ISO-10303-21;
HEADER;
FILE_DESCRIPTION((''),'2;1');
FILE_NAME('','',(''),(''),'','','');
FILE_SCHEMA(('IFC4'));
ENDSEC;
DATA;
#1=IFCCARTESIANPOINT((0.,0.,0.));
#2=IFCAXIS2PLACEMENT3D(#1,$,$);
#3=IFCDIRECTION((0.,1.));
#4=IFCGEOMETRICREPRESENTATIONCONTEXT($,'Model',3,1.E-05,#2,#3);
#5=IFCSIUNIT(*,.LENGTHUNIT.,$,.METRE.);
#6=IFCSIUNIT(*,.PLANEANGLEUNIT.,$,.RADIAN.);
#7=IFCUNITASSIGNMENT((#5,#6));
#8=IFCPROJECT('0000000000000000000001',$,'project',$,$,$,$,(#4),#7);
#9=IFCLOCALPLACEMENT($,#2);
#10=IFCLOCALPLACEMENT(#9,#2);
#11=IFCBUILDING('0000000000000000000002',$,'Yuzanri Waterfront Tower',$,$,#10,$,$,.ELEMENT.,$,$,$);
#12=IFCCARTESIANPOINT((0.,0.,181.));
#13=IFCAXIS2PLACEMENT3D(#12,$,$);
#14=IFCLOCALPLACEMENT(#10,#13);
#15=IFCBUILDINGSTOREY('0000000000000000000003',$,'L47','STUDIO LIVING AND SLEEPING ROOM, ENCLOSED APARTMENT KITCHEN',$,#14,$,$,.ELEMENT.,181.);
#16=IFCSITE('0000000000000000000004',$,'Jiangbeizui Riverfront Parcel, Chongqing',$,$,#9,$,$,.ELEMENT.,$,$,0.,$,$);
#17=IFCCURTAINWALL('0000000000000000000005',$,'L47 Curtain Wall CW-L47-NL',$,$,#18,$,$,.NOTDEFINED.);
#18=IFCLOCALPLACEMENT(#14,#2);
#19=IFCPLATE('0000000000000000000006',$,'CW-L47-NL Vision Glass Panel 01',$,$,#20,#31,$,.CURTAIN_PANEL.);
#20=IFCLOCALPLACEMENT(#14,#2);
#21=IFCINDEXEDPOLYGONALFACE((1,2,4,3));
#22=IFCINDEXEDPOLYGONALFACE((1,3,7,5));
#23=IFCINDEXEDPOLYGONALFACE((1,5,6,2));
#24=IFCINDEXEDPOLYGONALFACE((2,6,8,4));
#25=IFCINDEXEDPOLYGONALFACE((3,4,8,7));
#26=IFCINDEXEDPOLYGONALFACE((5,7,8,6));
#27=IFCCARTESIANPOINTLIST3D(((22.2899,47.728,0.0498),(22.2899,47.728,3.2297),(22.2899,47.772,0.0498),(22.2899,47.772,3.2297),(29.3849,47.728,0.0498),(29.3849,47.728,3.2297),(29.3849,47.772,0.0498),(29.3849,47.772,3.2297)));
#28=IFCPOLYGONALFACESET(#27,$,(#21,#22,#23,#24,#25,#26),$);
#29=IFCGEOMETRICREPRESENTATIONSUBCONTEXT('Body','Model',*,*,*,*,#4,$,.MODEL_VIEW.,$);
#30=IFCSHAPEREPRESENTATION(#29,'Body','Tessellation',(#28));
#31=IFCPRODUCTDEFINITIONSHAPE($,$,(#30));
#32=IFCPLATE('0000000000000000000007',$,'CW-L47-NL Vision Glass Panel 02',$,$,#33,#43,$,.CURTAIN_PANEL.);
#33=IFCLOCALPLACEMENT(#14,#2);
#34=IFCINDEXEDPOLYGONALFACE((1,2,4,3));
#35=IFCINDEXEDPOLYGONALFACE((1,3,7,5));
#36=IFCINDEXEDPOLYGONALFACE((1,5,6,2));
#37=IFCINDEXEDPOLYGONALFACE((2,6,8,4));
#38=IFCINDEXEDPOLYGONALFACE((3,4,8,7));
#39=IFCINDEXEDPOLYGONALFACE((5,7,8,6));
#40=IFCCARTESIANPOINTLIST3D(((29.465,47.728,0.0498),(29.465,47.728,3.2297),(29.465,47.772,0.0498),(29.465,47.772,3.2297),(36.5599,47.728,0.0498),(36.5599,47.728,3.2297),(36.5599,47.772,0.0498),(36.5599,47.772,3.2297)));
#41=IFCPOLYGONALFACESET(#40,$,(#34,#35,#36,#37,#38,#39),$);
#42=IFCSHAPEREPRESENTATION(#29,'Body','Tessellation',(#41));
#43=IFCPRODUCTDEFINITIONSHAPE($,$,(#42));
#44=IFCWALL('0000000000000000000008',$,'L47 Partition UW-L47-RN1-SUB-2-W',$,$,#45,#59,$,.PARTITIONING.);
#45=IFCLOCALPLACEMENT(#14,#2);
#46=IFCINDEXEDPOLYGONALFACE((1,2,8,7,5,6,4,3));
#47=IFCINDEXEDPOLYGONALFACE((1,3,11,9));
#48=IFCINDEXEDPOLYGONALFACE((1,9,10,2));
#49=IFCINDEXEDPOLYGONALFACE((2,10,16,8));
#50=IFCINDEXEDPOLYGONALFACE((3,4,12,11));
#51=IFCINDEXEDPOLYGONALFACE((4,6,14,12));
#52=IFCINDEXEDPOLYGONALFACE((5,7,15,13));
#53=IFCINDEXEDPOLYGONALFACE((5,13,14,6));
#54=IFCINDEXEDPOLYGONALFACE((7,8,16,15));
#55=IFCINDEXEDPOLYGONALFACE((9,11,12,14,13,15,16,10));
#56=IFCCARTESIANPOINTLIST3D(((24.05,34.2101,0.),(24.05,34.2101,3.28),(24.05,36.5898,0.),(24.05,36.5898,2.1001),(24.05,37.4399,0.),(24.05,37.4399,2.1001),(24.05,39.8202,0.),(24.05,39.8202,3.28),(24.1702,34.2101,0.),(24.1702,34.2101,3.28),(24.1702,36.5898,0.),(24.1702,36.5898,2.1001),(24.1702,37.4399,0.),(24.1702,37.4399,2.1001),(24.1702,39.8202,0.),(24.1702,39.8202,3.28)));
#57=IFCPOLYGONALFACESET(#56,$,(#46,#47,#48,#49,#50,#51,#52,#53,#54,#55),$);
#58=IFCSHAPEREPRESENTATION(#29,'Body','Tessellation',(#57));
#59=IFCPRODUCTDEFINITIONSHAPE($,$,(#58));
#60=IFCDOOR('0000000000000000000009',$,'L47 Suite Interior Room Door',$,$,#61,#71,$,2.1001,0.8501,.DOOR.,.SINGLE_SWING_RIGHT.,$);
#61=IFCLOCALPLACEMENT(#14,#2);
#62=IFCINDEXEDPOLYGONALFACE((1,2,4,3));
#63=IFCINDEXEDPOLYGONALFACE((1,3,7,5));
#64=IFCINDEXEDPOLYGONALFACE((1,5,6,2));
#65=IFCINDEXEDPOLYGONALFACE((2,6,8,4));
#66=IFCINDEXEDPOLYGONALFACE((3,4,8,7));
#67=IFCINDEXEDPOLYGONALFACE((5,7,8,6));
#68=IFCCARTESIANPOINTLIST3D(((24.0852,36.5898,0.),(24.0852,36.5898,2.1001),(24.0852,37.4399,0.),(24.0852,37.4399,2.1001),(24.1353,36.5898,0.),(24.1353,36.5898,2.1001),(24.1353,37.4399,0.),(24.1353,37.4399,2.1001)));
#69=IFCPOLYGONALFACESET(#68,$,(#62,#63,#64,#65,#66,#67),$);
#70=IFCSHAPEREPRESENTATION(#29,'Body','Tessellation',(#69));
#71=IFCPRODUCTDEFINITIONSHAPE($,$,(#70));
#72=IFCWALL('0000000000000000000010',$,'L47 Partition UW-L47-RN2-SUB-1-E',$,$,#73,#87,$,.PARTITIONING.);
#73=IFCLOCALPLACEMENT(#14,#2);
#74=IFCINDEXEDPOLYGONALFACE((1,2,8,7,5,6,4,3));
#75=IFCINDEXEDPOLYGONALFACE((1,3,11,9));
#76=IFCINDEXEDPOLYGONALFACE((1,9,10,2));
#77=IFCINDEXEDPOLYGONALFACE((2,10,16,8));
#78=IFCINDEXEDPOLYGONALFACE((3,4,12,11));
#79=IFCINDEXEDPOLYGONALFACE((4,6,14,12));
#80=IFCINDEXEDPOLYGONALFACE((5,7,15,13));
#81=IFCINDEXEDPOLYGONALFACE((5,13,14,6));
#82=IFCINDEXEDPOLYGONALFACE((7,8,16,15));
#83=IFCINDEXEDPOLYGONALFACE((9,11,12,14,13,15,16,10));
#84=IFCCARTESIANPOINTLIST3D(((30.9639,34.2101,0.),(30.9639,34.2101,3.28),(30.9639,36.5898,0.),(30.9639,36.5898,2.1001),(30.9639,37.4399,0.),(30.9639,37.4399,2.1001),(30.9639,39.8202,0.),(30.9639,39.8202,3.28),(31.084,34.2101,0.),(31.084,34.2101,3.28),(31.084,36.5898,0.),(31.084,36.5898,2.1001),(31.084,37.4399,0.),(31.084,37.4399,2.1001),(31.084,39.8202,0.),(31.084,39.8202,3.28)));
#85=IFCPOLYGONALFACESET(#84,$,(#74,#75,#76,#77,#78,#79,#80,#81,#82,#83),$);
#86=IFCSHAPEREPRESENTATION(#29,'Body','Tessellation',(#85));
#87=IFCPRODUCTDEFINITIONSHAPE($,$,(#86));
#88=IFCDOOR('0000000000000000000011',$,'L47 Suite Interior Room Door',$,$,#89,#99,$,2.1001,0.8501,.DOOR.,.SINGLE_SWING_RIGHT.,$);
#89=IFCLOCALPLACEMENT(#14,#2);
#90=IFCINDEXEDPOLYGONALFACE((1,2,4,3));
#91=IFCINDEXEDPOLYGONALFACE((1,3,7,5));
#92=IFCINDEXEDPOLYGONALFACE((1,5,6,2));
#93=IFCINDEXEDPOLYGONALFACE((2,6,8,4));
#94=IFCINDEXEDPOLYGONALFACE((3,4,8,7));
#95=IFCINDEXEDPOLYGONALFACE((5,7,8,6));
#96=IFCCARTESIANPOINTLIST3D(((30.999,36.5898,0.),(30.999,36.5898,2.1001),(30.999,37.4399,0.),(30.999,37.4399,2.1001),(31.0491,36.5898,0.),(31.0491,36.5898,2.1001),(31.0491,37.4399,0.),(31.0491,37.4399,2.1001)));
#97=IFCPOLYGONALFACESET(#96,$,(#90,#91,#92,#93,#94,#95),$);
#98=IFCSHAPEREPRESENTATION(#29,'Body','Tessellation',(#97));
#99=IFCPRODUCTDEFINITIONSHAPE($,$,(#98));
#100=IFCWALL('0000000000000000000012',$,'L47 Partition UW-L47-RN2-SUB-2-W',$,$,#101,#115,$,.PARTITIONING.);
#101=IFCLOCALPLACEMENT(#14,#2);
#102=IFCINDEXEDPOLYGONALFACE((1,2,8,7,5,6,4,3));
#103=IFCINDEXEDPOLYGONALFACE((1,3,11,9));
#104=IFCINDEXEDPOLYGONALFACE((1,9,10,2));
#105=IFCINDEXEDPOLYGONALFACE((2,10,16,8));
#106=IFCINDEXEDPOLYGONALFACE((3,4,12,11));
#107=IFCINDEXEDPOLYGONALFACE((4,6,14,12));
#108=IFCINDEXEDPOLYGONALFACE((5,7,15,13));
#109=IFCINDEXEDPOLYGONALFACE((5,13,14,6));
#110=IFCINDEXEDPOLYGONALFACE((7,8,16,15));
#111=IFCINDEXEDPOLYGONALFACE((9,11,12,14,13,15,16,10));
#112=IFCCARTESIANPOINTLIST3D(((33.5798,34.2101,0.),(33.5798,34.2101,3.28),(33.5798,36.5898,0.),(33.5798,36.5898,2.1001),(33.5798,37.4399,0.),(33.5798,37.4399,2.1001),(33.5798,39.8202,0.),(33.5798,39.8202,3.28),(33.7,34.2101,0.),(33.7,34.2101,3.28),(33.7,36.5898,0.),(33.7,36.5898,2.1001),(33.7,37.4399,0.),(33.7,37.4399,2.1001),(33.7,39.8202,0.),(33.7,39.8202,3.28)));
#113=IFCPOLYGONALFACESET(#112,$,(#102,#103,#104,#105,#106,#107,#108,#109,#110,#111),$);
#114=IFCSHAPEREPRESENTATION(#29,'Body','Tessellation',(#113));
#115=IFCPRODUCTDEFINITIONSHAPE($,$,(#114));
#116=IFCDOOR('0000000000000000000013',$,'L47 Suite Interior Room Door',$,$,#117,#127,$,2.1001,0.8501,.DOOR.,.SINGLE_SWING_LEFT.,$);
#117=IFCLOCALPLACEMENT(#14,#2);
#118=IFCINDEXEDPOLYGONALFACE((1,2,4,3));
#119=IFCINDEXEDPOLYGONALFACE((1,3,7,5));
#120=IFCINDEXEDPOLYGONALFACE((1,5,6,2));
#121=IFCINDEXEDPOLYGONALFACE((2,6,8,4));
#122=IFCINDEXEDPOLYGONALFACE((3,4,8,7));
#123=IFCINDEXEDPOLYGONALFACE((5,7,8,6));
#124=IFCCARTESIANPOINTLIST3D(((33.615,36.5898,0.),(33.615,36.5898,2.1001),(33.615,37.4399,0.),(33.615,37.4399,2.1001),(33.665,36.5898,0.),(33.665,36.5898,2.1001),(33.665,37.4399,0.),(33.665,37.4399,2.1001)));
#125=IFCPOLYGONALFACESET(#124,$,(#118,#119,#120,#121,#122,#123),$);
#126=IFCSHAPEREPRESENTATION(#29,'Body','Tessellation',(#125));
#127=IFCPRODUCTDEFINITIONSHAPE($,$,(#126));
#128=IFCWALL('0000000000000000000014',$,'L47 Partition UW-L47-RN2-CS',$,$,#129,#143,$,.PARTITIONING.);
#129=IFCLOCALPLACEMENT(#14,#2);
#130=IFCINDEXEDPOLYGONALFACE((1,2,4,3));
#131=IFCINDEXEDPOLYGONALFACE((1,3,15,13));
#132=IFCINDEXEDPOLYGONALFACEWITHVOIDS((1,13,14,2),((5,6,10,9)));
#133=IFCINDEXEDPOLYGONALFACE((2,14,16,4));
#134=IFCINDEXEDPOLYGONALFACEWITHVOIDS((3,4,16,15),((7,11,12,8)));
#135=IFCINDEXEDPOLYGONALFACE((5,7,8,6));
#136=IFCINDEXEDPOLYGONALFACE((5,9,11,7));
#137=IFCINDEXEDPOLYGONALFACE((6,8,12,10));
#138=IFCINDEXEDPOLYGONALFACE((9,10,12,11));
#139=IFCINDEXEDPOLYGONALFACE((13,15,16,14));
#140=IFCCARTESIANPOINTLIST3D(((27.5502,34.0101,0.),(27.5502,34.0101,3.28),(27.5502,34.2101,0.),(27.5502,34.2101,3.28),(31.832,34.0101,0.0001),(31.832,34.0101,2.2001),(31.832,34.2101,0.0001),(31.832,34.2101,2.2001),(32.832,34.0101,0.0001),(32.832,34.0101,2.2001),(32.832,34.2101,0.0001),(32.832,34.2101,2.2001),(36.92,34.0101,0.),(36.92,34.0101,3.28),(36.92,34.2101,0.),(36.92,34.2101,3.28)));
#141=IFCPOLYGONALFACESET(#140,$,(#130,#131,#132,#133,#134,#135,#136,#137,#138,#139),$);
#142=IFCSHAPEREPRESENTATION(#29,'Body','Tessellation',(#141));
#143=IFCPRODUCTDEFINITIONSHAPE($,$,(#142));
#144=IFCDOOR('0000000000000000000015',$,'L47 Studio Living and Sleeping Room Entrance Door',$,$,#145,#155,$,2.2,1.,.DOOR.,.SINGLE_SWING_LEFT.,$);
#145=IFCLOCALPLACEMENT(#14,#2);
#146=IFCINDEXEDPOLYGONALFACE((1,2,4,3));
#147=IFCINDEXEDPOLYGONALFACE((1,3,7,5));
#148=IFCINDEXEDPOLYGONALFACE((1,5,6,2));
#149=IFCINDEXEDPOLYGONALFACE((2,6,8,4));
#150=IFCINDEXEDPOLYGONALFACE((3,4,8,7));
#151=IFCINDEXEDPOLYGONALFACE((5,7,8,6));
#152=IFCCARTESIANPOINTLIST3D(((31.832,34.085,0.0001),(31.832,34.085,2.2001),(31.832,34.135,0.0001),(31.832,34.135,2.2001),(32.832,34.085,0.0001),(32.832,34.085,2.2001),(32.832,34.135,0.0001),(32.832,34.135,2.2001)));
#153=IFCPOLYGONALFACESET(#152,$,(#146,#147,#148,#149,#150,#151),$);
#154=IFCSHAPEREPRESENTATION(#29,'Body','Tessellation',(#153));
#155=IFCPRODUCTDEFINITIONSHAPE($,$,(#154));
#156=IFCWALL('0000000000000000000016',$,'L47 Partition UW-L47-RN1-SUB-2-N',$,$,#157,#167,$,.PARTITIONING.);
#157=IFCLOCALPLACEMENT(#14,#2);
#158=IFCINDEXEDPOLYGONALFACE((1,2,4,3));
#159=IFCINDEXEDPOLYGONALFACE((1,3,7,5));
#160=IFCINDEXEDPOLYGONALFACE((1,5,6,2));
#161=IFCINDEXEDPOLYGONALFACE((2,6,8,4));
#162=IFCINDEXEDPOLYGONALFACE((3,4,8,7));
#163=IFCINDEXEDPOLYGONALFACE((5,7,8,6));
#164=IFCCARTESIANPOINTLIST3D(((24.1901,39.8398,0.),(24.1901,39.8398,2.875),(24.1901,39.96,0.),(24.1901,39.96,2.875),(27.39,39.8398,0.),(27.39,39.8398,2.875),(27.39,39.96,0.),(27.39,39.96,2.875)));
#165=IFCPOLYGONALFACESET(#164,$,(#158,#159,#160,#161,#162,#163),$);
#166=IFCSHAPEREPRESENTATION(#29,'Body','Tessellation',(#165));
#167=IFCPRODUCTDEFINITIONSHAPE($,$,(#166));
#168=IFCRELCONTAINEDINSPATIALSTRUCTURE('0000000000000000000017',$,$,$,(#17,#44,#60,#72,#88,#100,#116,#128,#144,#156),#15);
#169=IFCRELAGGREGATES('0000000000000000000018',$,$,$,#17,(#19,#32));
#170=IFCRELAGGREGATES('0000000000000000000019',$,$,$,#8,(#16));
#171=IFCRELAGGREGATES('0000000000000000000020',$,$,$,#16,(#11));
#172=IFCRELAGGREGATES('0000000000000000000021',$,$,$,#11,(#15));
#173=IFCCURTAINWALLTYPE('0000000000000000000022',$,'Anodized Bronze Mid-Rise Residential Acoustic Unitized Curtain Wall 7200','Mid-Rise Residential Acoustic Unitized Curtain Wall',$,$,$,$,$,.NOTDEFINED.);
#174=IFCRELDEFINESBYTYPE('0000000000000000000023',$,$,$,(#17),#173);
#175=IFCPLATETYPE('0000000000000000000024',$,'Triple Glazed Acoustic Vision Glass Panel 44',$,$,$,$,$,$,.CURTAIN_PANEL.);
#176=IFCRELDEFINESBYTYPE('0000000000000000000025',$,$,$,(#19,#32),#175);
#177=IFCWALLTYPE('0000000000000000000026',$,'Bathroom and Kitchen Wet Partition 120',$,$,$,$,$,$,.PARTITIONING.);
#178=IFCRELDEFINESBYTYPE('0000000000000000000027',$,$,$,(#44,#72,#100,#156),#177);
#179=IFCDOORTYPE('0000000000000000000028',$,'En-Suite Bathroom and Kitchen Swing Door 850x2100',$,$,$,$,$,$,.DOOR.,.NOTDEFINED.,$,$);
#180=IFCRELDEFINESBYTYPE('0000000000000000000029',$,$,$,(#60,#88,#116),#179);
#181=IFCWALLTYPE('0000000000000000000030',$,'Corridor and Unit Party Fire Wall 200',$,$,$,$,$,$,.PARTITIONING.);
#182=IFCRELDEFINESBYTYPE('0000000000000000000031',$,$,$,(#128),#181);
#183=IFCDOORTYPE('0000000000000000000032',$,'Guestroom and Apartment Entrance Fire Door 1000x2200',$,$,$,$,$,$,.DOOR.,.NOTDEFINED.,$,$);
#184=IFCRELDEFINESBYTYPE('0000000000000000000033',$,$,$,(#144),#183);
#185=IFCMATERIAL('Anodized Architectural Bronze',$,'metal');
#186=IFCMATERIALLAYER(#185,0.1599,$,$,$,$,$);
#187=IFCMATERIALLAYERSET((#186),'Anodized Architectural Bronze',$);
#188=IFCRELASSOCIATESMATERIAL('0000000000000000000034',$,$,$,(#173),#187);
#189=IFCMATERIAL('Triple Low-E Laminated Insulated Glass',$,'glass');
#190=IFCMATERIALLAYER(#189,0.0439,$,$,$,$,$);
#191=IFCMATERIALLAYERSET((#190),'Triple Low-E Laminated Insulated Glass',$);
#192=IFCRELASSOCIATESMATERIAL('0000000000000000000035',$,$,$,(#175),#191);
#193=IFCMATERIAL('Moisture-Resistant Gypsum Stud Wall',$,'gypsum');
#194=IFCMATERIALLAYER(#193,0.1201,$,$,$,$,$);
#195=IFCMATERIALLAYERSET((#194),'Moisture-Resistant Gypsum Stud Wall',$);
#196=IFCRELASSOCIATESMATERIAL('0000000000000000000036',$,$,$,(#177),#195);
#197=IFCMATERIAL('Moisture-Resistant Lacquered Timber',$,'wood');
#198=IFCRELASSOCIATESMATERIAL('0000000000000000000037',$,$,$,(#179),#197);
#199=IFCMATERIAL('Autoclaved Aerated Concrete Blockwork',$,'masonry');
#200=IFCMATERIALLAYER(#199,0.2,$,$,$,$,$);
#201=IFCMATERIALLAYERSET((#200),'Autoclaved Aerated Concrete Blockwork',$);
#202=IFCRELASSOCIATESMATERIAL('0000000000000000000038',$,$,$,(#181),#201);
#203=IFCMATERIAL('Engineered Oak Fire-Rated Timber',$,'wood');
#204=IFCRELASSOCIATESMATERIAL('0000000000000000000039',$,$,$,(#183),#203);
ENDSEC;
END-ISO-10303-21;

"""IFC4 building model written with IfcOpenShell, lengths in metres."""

from ifc_helpers import new_model, si_unit, direction, frame, frame_2d, origin, origin_2d, place, context, subcontext, project, spatial, rectangle, extrude, source, transform, mapped, material, layer, layer_set, type_object, element, fill, aggregate, save


model = new_model("IFC4")

# Units and contexts
model_context = context("Model", 3, precision=1e-05, world=origin(), true_north=direction((0.0, 1.0)))
body_context = subcontext(model_context, "Body", "Model", "MODEL_VIEW")
ifc_project = project(units=[si_unit("LENGTHUNIT", "METRE"), si_unit("PLANEANGLEUNIT", "RADIAN")], contexts=[model_context])

# Site, building, storey
site_placement = place(None, origin())
site = spatial("IfcSite", under=ifc_project, at=site_placement, Name="Jiangbeizui Riverfront Parcel, Chongqing", CompositionType="ELEMENT", RefElevation=0.0)
building_placement = place(site_placement, origin())
building = spatial("IfcBuilding", under=site, at=building_placement, Name="Yuzanri Waterfront Tower", CompositionType="ELEMENT")
storey_placement = place(building_placement, frame((0.0, 0.0, 181.0)))
storey = spatial("IfcBuildingStorey", under=building, at=storey_placement, Name="L47", Description="STUDIO LIVING AND SLEEPING ROOM, ENCLOSED APARTMENT KITCHEN", CompositionType="ELEMENT", Elevation=181.0)

# Curtain wall, plates
ifc_material_1 = material(Name="Anodized Architectural Bronze", Category="metal")
ifc_layer_1 = layer(ifc_material_1, 0.1599)
ifc_layer_set_1 = layer_set([ifc_layer_1], Name="Anodized Architectural Bronze")
curtain_wall_type = type_object("IfcCurtainWallType", Name="Anodized Bronze Mid-Rise Residential Acoustic Unitized Curtain Wall 7200", Description="Mid-Rise Residential Acoustic Unitized Curtain Wall", PredefinedType="NOTDEFINED", material=ifc_layer_set_1)
curtain_wall_placement = place(storey_placement, origin())
curtain_wall = element("IfcCurtainWall", 1, at=curtain_wall_placement, inside=storey, type_object=curtain_wall_type, Name="L47 Curtain Wall CW-L47-NL", PredefinedType="NOTDEFINED")
ifc_material_2 = material(Name="Triple Low-E Laminated Insulated Glass", Category="glass")
ifc_layer_2 = layer(ifc_material_2, 0.0439)
ifc_layer_set_2 = layer_set([ifc_layer_2], Name="Triple Low-E Laminated Insulated Glass")
plate_type = type_object("IfcPlateType", Name="Triple Glazed Acoustic Vision Glass Panel 44", PredefinedType="CURTAIN_PANEL", material=ifc_layer_set_2)
shared_shape_1 = source(origin(), body_context, "Body", "SweptSolid", [
    extrude(rectangle(XDim=7.095, YDim=0.0439, at=origin_2d()), origin(), (0.0, 0.0, 1.0), 3.1799),
])
plate_1_placement = place(storey_placement, frame((25.8374, 47.75, 0.0498), z_axis=(0.0, 0.0, 1.0), x_axis=(1.0, 0.0, 0.0)))
plate_1 = element("IfcPlate", 2, at=plate_1_placement, type_object=plate_type, Name="CW-L47-NL Vision Glass Panel 01", PredefinedType="CURTAIN_PANEL", context=body_context, shape_type="MappedRepresentation", body=[
    mapped(shared_shape_1, transform((0.0, 0.0, 0.0), scale=1.0)),
])
plate_2_placement = place(storey_placement, frame((33.0125, 47.75, 0.0498), z_axis=(0.0, 0.0, 1.0), x_axis=(1.0, 0.0, 0.0)))
plate_2 = element("IfcPlate", 3, at=plate_2_placement, type_object=plate_type, Name="CW-L47-NL Vision Glass Panel 02", PredefinedType="CURTAIN_PANEL", context=body_context, shape_type="MappedRepresentation", body=[
    mapped(shared_shape_1, transform((0.0, 0.0, 0.0), scale=1.0)),
])
aggregate(curtain_wall, [plate_1, plate_2])

# Walls, openings, doors
ifc_material_3 = material(Name="Moisture-Resistant Gypsum Stud Wall", Category="gypsum")
ifc_layer_3 = layer(ifc_material_3, 0.1201)
ifc_layer_set_3 = layer_set([ifc_layer_3], Name="Moisture-Resistant Gypsum Stud Wall")
wall_type_1 = type_object("IfcWallType", Name="Bathroom and Kitchen Wet Partition 120", PredefinedType="PARTITIONING", material=ifc_layer_set_3)
wall_1_placement = place(storey_placement, frame((24.1101, 34.21, 0.0), z_axis=(0.0, 0.0, 1.0), x_axis=(0.0, 1.0, 0.0)))
wall_1 = element("IfcWall", 4, at=wall_1_placement, inside=storey, type_object=wall_type_1, Name="L47 Partition UW-L47-RN1-SUB-2-W", PredefinedType="PARTITIONING", context=body_context, shape_type="SweptSolid", body=[
    extrude(rectangle(XDim=5.6101, YDim=0.1201, at=frame_2d((2.8052, 0.0))), origin(), (0.0, 0.0, 1.0), 3.28),
])
opening_1_placement = place(wall_1_placement, frame((2.3799, 0.0, 0.0)))
opening_1 = element("IfcOpeningElement", 5, at=opening_1_placement, cuts=wall_1, PredefinedType="OPENING", context=body_context, shape_type="SweptSolid", body=[
    extrude(rectangle(XDim=0.8501, YDim=2.1001, at=frame_2d((0.425, 1.05))), frame((0.0, 0.075, 0.0), z_axis=(0.0, -1.0, 0.0), x_axis=(1.0, 0.0, 0.0)), (0.0, 0.0, 1.0), 0.1499),
])
ifc_material_4 = material(Name="Moisture-Resistant Lacquered Timber", Category="wood")
door_type_1 = type_object("IfcDoorType", Name="En-Suite Bathroom and Kitchen Swing Door 850x2100", OperationType="NOTDEFINED", PredefinedType="DOOR", material=ifc_material_4)
shared_shape_2 = source(origin(), body_context, "Body", "SweptSolid", [
    extrude(rectangle(XDim=0.8501, YDim=2.1001, at=frame_2d((0.425, 1.05))), frame((0.0, 0.0249, 0.0), z_axis=(0.0, -1.0, 0.0), x_axis=(1.0, 0.0, 0.0)), (0.0, 0.0, 1.0), 0.05),
])
door_1_placement = place(opening_1_placement, origin())
door_1 = element("IfcDoor", 6, at=door_1_placement, inside=storey, type_object=door_type_1, Name="L47 Suite Interior Room Door", OperationType="SINGLE_SWING_RIGHT", OverallHeight=2.1001, OverallWidth=0.8501, PredefinedType="DOOR", context=body_context, shape_type="MappedRepresentation", body=[
    mapped(shared_shape_2, transform((0.0, 0.0, 0.0), scale=1.0)),
])
fill(opening_1, door_1)
wall_2_placement = place(storey_placement, frame((31.0239, 34.21, 0.0), z_axis=(0.0, 0.0, 1.0), x_axis=(0.0, 1.0, 0.0)))
wall_2 = element("IfcWall", 7, at=wall_2_placement, inside=storey, type_object=wall_type_1, Name="L47 Partition UW-L47-RN2-SUB-1-E", PredefinedType="PARTITIONING", context=body_context, shape_type="SweptSolid", body=[
    extrude(rectangle(XDim=5.6101, YDim=0.1201, at=frame_2d((2.8052, 0.0))), origin(), (0.0, 0.0, 1.0), 3.28),
])
opening_2_placement = place(wall_2_placement, frame((2.3799, 0.0, 0.0)))
opening_2 = element("IfcOpeningElement", 8, at=opening_2_placement, cuts=wall_2, PredefinedType="OPENING", context=body_context, shape_type="SweptSolid", body=[
    extrude(rectangle(XDim=0.8501, YDim=2.1001, at=frame_2d((0.425, 1.05))), frame((0.0, 0.075, 0.0), z_axis=(0.0, -1.0, 0.0), x_axis=(1.0, 0.0, 0.0)), (0.0, 0.0, 1.0), 0.1499),
])
door_2_placement = place(opening_2_placement, origin())
door_2 = element("IfcDoor", 9, at=door_2_placement, inside=storey, type_object=door_type_1, Name="L47 Suite Interior Room Door", OperationType="SINGLE_SWING_RIGHT", OverallHeight=2.1001, OverallWidth=0.8501, PredefinedType="DOOR", context=body_context, shape_type="MappedRepresentation", body=[
    mapped(shared_shape_2, transform((0.0, 0.0, 0.0), scale=1.0)),
])
fill(opening_2, door_2)
wall_3_placement = place(storey_placement, frame((33.6399, 34.21, 0.0), z_axis=(0.0, 0.0, 1.0), x_axis=(0.0, 1.0, 0.0)))
wall_3 = element("IfcWall", 10, at=wall_3_placement, inside=storey, type_object=wall_type_1, Name="L47 Partition UW-L47-RN2-SUB-2-W", PredefinedType="PARTITIONING", context=body_context, shape_type="SweptSolid", body=[
    extrude(rectangle(XDim=5.6101, YDim=0.1201, at=frame_2d((2.8052, 0.0))), origin(), (0.0, 0.0, 1.0), 3.28),
])
opening_3_placement = place(wall_3_placement, frame((2.3799, 0.0, 0.0)))
opening_3 = element("IfcOpeningElement", 11, at=opening_3_placement, cuts=wall_3, PredefinedType="OPENING", context=body_context, shape_type="SweptSolid", body=[
    extrude(rectangle(XDim=0.8501, YDim=2.1001, at=frame_2d((0.425, 1.05))), frame((0.0, 0.075, 0.0), z_axis=(0.0, -1.0, 0.0), x_axis=(1.0, 0.0, 0.0)), (0.0, 0.0, 1.0), 0.1499),
])
door_3_placement = place(opening_3_placement, origin())
door_3 = element("IfcDoor", 12, at=door_3_placement, inside=storey, type_object=door_type_1, Name="L47 Suite Interior Room Door", OperationType="SINGLE_SWING_LEFT", OverallHeight=2.1001, OverallWidth=0.8501, PredefinedType="DOOR", context=body_context, shape_type="MappedRepresentation", body=[
    mapped(shared_shape_2, transform((0.0, 0.0, 0.0), scale=1.0)),
])
fill(opening_3, door_3)
ifc_material_5 = material(Name="Autoclaved Aerated Concrete Blockwork", Category="masonry")
ifc_layer_4 = layer(ifc_material_5, 0.2)
ifc_layer_set_4 = layer_set([ifc_layer_4], Name="Autoclaved Aerated Concrete Blockwork")
wall_type_2 = type_object("IfcWallType", Name="Corridor and Unit Party Fire Wall 200", PredefinedType="PARTITIONING", material=ifc_layer_set_4)
wall_4_placement = place(storey_placement, frame((27.55, 34.1101, 0.0), z_axis=(0.0, 0.0, 1.0), x_axis=(1.0, 0.0, 0.0)))
wall_4 = element("IfcWall", 13, at=wall_4_placement, inside=storey, type_object=wall_type_2, Name="L47 Partition UW-L47-RN2-CS", PredefinedType="PARTITIONING", context=body_context, shape_type="SweptSolid", body=[
    extrude(rectangle(XDim=9.3699, YDim=0.2, at=frame_2d((4.6851, 0.0))), origin(), (0.0, 0.0, 1.0), 3.28),
])
opening_4_placement = place(wall_4_placement, frame((4.282, 0.0, 0.0)))
opening_4 = element("IfcOpeningElement", 14, at=opening_4_placement, cuts=wall_4, PredefinedType="OPENING", context=body_context, shape_type="SweptSolid", body=[
    extrude(rectangle(XDim=1.0, YDim=2.2, at=frame_2d((0.5, 1.1001))), frame((0.0, 0.1147, 0.0), z_axis=(0.0, -1.0, 0.0), x_axis=(1.0, 0.0, 0.0)), (0.0, 0.0, 1.0), 0.2297),
])
ifc_material_6 = material(Name="Engineered Oak Fire-Rated Timber", Category="wood")
door_type_2 = type_object("IfcDoorType", Name="Guestroom and Apartment Entrance Fire Door 1000x2200", OperationType="NOTDEFINED", PredefinedType="DOOR", material=ifc_material_6)
shared_shape_3 = source(origin(), body_context, "Body", "SweptSolid", [
    extrude(rectangle(XDim=1.0, YDim=2.2, at=frame_2d((0.5, 1.1001))), frame((0.0, 0.0249, 0.0), z_axis=(0.0, -1.0, 0.0), x_axis=(1.0, 0.0, 0.0)), (0.0, 0.0, 1.0), 0.05),
])
door_4_placement = place(opening_4_placement, origin())
door_4 = element("IfcDoor", 15, at=door_4_placement, inside=storey, type_object=door_type_2, Name="L47 Studio Living and Sleeping Room Entrance Door", OperationType="SINGLE_SWING_LEFT", OverallHeight=2.2, OverallWidth=1.0, PredefinedType="DOOR", context=body_context, shape_type="MappedRepresentation", body=[
    mapped(shared_shape_3, transform((0.0, 0.0, 0.0), scale=1.0)),
])
fill(opening_4, door_4)

# Wall
shared_shape_4 = source(origin(), body_context, "Body", "SweptSolid", [
    extrude(rectangle(XDim=3.2, YDim=0.1201, at=frame_2d((1.6001, 0.0))), origin(), (0.0, 0.0, 1.0), 2.875),
])
for number, where, z_axis, x_axis, name in (
    (16, (24.1899, 39.8999, 0.0), (0.0, 0.0, 1.0), (1.0, 0.0, 0.0), "L47 Partition UW-L47-RN1-SUB-2-N"),
):
    element("IfcWall", number, at=place(storey_placement, frame(where, z_axis=z_axis, x_axis=x_axis)), inside=storey, type_object=wall_type_1, Name=name, PredefinedType="PARTITIONING", context=body_context, shape_type="MappedRepresentation", body=[
        mapped(shared_shape_4, transform((0.0, 0.0, 0.0), scale=1.0)),
    ])

save(model, "model.ifc")
